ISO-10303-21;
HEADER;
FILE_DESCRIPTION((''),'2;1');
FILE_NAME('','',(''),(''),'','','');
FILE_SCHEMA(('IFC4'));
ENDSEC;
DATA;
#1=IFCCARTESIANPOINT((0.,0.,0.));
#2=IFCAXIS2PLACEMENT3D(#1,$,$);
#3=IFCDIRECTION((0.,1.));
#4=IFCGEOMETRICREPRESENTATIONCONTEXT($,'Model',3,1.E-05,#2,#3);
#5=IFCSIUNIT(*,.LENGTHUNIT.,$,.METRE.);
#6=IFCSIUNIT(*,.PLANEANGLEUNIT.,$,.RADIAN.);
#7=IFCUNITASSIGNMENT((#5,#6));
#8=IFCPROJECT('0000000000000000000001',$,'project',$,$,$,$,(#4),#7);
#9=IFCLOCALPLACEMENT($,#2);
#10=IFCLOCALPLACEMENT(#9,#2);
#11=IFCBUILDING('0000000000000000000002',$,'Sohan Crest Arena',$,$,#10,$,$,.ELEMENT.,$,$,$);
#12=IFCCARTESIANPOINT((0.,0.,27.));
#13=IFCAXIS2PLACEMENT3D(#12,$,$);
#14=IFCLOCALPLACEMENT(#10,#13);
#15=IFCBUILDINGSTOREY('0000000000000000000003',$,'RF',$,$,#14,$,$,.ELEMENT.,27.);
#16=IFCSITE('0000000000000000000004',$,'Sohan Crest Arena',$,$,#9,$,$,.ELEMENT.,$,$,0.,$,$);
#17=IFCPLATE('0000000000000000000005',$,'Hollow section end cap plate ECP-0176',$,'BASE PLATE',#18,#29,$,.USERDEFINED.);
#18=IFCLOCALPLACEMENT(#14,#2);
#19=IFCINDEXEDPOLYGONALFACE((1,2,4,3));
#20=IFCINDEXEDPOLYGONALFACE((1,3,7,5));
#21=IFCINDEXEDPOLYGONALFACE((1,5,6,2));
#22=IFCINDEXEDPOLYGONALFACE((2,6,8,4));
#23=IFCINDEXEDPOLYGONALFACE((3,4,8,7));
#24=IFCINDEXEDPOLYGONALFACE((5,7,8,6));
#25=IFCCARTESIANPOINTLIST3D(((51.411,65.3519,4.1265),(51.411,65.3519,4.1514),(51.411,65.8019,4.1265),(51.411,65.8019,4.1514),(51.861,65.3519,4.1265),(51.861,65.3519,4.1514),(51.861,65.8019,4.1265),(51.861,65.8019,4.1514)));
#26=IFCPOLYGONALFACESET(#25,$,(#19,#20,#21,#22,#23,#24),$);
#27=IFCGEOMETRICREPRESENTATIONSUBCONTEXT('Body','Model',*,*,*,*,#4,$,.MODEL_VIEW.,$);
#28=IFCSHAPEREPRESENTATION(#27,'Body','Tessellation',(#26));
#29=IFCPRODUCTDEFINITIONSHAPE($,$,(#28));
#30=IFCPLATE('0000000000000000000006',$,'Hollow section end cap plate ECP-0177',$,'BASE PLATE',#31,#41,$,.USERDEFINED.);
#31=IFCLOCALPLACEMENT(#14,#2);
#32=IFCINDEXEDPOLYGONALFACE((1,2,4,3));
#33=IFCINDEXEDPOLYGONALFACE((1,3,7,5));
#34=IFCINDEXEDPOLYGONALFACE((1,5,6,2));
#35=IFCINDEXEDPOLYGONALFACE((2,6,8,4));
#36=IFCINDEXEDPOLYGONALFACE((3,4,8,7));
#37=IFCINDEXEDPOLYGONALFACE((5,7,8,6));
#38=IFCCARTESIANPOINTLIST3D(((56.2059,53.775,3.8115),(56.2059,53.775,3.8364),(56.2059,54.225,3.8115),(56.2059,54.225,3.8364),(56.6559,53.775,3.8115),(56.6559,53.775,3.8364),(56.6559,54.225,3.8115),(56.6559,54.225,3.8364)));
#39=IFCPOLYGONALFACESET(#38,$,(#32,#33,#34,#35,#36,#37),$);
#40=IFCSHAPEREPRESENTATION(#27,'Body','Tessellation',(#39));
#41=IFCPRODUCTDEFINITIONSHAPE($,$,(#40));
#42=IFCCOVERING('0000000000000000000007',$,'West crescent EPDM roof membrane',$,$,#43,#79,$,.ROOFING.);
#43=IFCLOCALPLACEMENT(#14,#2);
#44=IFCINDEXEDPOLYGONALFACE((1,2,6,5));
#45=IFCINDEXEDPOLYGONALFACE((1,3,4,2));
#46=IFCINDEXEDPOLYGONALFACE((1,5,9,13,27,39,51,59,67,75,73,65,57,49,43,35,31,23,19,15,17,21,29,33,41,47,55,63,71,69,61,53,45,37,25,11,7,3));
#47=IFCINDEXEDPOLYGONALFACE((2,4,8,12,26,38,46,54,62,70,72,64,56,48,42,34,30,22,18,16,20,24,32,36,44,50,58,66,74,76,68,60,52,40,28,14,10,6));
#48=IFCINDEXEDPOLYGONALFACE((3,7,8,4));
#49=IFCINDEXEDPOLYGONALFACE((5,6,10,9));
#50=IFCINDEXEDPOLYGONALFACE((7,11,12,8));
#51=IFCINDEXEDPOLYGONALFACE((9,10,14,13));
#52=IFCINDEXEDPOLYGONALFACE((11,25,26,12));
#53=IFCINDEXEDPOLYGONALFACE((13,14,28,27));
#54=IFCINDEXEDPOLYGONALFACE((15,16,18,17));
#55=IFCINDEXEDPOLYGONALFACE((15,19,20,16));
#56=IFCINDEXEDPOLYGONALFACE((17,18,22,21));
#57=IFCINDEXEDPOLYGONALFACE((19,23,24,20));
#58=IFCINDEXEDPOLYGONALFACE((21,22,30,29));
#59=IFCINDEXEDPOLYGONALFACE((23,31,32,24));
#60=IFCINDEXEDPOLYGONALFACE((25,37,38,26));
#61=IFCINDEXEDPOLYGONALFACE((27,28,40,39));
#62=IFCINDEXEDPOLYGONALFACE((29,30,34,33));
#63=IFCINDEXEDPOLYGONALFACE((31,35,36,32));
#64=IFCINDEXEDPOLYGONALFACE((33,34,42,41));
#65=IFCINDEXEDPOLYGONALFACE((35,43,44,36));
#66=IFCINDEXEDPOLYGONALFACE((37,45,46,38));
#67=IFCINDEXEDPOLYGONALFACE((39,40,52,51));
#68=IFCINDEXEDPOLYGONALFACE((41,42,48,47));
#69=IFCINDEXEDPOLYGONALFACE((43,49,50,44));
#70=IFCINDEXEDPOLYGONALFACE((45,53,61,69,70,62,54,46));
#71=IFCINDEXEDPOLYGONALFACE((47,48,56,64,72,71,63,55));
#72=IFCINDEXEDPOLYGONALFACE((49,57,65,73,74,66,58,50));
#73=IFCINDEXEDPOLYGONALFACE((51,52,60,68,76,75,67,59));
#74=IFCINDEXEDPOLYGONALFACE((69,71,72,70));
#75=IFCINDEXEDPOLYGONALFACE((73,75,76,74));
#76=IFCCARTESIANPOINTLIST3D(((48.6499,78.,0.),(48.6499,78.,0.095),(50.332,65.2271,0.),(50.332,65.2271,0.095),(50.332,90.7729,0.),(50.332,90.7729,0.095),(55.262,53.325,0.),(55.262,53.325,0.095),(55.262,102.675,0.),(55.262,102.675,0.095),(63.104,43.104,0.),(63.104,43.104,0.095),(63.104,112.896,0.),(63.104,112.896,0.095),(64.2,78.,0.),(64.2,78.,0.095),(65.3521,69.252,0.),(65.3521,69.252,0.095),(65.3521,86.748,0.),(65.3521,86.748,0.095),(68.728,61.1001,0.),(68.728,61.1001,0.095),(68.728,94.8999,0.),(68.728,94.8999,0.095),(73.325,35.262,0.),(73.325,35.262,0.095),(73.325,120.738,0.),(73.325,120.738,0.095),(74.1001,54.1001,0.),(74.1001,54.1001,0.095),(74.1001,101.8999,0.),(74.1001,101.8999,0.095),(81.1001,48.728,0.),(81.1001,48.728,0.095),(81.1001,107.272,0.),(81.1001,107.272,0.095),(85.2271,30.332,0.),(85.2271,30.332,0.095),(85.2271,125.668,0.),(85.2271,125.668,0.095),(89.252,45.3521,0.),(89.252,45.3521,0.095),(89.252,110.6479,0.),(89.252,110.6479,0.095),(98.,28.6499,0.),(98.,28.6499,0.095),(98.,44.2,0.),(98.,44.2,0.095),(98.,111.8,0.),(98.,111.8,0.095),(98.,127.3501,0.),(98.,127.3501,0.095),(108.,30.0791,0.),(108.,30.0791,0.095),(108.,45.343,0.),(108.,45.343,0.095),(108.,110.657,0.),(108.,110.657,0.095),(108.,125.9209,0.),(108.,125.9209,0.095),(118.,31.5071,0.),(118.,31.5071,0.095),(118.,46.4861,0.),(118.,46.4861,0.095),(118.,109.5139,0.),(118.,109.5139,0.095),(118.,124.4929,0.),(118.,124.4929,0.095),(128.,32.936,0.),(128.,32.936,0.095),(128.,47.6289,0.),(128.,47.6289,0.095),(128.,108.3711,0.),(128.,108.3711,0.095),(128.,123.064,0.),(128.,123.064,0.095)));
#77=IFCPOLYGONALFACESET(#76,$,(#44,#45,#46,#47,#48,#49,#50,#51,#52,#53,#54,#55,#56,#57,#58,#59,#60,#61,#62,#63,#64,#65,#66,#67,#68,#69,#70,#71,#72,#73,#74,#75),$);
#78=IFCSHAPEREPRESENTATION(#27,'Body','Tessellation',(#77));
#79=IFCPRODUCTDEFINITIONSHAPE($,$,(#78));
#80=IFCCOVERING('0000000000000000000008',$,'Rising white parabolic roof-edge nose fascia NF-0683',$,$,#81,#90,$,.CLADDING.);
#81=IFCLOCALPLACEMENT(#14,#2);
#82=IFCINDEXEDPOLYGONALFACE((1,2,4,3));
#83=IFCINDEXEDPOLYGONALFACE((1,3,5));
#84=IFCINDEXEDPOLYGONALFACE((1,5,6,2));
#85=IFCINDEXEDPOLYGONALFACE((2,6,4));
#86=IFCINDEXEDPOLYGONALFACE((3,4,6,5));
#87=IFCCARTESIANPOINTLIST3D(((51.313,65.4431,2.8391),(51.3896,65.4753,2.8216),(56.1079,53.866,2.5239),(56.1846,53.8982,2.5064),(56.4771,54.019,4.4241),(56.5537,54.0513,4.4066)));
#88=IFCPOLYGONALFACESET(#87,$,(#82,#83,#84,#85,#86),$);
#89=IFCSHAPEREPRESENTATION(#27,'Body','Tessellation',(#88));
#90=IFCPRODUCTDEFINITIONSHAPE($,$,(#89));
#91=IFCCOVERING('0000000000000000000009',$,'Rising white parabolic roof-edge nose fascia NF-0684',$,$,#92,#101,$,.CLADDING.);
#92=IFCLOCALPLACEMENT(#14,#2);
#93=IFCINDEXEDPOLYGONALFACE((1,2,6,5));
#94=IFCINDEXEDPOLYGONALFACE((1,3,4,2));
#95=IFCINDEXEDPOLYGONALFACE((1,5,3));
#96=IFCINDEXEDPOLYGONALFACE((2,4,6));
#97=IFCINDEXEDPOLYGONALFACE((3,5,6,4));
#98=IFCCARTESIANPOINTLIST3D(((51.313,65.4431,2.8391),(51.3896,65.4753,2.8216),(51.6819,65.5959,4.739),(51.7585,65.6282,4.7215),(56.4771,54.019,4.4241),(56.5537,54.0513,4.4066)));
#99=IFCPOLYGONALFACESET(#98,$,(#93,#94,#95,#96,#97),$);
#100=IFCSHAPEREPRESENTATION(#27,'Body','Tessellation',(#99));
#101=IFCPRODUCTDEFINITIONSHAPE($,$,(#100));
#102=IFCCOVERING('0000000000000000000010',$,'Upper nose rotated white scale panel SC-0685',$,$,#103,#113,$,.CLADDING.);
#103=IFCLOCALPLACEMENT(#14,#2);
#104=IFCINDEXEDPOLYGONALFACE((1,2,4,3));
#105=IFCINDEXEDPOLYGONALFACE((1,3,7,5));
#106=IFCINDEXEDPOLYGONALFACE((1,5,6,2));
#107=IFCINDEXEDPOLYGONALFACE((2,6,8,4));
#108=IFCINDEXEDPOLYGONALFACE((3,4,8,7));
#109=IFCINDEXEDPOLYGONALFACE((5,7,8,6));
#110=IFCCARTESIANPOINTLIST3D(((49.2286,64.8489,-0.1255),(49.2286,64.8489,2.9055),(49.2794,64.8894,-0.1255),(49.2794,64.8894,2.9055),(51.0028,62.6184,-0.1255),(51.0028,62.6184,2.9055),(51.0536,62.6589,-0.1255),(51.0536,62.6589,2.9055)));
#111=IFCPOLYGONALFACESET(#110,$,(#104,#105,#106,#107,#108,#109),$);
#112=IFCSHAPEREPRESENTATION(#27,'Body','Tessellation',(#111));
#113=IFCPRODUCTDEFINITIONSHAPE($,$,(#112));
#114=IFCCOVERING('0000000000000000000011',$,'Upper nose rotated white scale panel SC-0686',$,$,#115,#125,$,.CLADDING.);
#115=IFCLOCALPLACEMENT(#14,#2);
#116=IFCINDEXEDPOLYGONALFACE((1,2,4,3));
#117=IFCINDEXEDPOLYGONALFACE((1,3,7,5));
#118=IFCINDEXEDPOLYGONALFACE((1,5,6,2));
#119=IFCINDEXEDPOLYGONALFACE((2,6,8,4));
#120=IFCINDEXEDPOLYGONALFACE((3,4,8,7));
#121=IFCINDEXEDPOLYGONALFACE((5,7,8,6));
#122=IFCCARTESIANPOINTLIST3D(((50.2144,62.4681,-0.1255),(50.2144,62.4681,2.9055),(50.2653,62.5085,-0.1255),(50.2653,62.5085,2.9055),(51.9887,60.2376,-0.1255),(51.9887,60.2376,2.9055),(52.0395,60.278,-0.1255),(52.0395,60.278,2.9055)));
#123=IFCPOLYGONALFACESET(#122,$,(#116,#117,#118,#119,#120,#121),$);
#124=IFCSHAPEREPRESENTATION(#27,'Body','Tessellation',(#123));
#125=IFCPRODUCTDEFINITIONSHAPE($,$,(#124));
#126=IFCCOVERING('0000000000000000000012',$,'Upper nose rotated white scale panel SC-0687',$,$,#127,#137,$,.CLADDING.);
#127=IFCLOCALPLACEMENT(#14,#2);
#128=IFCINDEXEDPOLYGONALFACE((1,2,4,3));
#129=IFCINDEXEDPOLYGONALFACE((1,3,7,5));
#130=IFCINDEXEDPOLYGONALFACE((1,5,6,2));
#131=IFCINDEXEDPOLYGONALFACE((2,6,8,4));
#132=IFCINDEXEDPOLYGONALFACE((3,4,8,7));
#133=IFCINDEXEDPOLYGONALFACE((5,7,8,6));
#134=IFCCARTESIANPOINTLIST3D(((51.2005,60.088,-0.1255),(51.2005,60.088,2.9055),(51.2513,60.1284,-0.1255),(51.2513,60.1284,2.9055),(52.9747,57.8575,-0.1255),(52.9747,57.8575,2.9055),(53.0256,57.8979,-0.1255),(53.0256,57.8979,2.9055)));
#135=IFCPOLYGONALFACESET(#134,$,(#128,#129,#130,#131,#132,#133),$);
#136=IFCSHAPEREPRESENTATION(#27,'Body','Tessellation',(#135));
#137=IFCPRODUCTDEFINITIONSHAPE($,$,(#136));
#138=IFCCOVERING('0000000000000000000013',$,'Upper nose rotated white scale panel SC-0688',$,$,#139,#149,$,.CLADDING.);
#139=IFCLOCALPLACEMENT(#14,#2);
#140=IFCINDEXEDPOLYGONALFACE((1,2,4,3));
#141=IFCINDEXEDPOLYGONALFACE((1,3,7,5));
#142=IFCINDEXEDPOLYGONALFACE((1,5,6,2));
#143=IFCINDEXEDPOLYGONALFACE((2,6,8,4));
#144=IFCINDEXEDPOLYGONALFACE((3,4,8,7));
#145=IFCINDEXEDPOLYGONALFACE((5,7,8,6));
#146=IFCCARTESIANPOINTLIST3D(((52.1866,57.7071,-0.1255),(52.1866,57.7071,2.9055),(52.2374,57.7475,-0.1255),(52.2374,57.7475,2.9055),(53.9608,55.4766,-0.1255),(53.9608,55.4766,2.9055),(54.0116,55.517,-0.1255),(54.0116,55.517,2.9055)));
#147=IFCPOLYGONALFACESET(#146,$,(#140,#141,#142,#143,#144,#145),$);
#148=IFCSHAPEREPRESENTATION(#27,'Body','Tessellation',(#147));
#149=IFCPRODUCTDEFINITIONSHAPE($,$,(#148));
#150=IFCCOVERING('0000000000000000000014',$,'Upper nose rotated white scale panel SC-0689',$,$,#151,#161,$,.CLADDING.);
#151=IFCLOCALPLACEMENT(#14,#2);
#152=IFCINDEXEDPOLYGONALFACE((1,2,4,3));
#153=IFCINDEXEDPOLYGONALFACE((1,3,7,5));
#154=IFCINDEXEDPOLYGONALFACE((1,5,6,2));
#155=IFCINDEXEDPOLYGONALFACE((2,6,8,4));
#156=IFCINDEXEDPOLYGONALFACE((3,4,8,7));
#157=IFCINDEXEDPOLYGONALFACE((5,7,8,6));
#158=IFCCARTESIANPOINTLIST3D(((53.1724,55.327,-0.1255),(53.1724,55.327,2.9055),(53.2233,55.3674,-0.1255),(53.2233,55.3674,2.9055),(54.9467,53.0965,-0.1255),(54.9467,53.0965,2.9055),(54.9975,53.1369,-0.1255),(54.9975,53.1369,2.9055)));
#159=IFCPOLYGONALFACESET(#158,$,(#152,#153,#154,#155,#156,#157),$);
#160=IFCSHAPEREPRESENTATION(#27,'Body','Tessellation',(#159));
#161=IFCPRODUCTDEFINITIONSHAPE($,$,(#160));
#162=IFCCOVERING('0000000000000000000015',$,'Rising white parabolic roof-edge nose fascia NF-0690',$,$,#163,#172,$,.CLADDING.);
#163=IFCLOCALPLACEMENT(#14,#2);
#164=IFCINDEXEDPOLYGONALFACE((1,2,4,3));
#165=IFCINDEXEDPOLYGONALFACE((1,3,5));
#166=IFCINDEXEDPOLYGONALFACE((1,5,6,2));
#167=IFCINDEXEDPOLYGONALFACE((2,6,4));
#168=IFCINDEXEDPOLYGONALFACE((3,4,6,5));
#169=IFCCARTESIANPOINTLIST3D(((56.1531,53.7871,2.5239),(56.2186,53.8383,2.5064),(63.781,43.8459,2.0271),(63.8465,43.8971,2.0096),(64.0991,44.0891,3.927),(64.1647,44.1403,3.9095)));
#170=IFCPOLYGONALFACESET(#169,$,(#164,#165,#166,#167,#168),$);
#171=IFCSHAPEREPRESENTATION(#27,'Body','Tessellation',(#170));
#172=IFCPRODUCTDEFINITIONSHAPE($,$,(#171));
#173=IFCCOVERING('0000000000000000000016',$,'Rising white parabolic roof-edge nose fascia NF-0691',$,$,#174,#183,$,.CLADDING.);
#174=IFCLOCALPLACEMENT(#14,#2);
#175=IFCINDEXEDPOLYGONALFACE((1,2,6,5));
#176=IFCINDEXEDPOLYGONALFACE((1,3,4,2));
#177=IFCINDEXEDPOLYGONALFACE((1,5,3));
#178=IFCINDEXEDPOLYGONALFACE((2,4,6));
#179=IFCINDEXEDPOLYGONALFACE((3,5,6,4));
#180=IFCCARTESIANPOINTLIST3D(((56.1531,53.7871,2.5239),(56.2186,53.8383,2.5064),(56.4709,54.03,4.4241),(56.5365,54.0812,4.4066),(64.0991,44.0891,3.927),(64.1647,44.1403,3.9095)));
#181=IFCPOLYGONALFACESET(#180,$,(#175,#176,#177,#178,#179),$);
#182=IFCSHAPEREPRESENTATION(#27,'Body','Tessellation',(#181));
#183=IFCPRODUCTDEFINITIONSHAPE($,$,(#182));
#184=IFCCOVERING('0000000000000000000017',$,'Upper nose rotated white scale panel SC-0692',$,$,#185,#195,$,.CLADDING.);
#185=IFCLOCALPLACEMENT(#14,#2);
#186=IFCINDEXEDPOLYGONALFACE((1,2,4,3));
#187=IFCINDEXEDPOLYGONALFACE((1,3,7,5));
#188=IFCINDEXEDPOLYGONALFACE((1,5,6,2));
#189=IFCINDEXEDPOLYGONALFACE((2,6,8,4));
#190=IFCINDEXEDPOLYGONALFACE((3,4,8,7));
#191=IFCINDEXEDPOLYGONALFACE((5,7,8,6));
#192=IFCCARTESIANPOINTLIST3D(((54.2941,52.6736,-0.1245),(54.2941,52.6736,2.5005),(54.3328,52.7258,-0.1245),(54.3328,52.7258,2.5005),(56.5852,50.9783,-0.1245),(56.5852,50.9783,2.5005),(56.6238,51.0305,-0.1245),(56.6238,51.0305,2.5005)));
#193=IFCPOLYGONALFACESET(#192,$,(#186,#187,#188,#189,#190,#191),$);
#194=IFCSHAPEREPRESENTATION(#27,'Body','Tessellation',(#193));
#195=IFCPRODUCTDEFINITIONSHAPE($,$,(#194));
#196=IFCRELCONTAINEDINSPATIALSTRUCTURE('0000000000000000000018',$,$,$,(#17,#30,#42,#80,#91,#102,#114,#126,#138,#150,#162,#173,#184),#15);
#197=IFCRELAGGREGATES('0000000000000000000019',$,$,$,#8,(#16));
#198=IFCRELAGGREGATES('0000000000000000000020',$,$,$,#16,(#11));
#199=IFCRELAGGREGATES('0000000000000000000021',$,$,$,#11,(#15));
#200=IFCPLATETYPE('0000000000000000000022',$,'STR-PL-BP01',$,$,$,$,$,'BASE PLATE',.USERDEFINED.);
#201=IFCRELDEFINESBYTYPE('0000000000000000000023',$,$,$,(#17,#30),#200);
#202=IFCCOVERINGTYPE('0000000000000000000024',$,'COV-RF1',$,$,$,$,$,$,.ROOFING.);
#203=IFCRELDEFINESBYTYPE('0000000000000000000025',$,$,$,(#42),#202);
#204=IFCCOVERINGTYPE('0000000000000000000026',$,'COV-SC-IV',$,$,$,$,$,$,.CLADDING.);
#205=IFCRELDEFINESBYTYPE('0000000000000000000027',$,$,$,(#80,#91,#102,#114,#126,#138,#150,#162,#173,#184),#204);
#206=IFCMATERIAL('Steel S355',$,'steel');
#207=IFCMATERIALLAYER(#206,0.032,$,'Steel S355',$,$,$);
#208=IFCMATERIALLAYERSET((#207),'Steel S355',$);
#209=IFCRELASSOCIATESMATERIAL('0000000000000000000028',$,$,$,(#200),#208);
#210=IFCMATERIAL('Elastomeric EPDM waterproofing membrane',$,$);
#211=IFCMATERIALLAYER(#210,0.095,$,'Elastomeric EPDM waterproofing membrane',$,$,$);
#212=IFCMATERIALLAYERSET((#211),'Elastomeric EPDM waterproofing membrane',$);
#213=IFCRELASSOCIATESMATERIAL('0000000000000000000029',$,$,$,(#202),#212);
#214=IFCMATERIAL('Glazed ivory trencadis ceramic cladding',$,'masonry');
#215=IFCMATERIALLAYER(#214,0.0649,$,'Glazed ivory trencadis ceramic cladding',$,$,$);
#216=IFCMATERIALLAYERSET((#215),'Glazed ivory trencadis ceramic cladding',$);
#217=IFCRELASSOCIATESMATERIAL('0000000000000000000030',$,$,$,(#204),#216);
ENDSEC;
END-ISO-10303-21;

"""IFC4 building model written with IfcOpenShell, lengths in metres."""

from ifc_helpers import new_model, si_unit, direction, frame, origin, origin_2d, place, context, subcontext, project, spatial, polyline, rectangle, outline, extrude, material, layer, layer_set, type_object, element, save


model = new_model("IFC4")

# Units and contexts
model_context = context("Model", 3, precision=1e-05, world=origin(), true_north=direction((0.0, 1.0)))
body_context = subcontext(model_context, "Body", "Model", "MODEL_VIEW")
ifc_project = project(units=[si_unit("LENGTHUNIT", "METRE"), si_unit("PLANEANGLEUNIT", "RADIAN")], contexts=[model_context])

# Site, building, storey
site_placement = place(None, origin())
site = spatial("IfcSite", under=ifc_project, at=site_placement, Name="Sohan Crest Arena", CompositionType="ELEMENT", RefElevation=0.0)
building_placement = place(site_placement, origin())
building = spatial("IfcBuilding", under=site, at=building_placement, Name="Sohan Crest Arena", CompositionType="ELEMENT")
storey_placement = place(building_placement, frame((0.0, 0.0, 27.0)))
storey = spatial("IfcBuildingStorey", under=building, at=storey_placement, Name="RF", CompositionType="ELEMENT", Elevation=27.0)

# Shared definitions
ifc_material_1 = material(Name="Steel S355", Category="steel")

# Plates
ifc_layer_1 = layer(ifc_material_1, 0.032, Name="Steel S355")
ifc_layer_set_1 = layer_set([ifc_layer_1], Name="Steel S355")
plate_type = type_object("IfcPlateType", Name="STR-PL-BP01", ElementType="BASE PLATE", PredefinedType="USERDEFINED", material=ifc_layer_set_1)
for number, where, z_axis, x_axis, name in (
    (1, (51.636, 65.5769, 4.1265), (0.0, 0.0, 1.0), (1.0, 0.0, 0.0), "Hollow section end cap plate ECP-0176"),
    (2, (56.4309, 54.0, 3.8115), (0.0, 0.0, 1.0), (1.0, 0.0, 0.0), "Hollow section end cap plate ECP-0177"),
):
    element("IfcPlate", number, at=place(storey_placement, frame(where, z_axis=z_axis, x_axis=x_axis)), inside=storey, type_object=plate_type, Name=name, ObjectType="BASE PLATE", PredefinedType="USERDEFINED", context=body_context, shape_type="SweptSolid", body=[
        extrude(rectangle(XDim=0.45, YDim=0.45, at=origin_2d()), origin(), (0.0, 0.0, 1.0), 0.0249),
    ])

# Coverings
ifc_material_2 = material(Name="Elastomeric EPDM waterproofing membrane")
ifc_layer_2 = layer(ifc_material_2, 0.095, Name="Elastomeric EPDM waterproofing membrane")
ifc_layer_set_2 = layer_set([ifc_layer_2], Name="Elastomeric EPDM waterproofing membrane")
covering_type_1 = type_object("IfcCoveringType", Name="COV-RF1", PredefinedType="ROOFING", material=ifc_layer_set_2)
covering_1_placement = place(storey_placement, origin())
element("IfcCovering", 3, at=covering_1_placement, inside=storey, type_object=covering_type_1, Name="West crescent EPDM roof membrane", PredefinedType="ROOFING", context=body_context, shape_type="SweptSolid", body=[
    extrude(outline(polyline([(118.0, 31.5071), (108.0, 30.0791), (98.0, 28.6499), (85.2271, 30.332), (73.325, 35.262), (63.104, 43.104), (55.262, 53.325), (50.332, 65.2271), (48.6499, 78.0), (50.332, 90.7729), (55.262, 102.675), (63.104, 112.896), (73.325, 120.738), (85.2271, 125.668), (98.0, 127.3501), (108.0, 125.9209), (118.0, 124.4929), (128.0, 123.064), (128.0, 108.3711), (118.0, 109.5139), (108.0, 110.657), (98.0, 111.8), (89.252, 110.6479), (81.1001, 107.272), (74.1001, 101.8999), (68.728, 94.8999), (65.3521, 86.748), (64.2, 78.0), (65.3521, 69.252), (68.728, 61.1001), (74.1001, 54.1001), (81.1001, 48.728), (89.252, 45.3521), (98.0, 44.2), (108.0, 45.343), (118.0, 46.4861), (128.0, 47.6289), (128.0, 32.936), (118.0, 31.5071)])), origin(), (0.0, 0.0, 1.0), 0.095),
])
ifc_material_3 = material(Name="Glazed ivory trencadis ceramic cladding", Category="masonry")
ifc_layer_3 = layer(ifc_material_3, 0.0649, Name="Glazed ivory trencadis ceramic cladding")
ifc_layer_set_3 = layer_set([ifc_layer_3], Name="Glazed ivory trencadis ceramic cladding")
covering_type_2 = type_object("IfcCoveringType", Name="COV-SC-IV", PredefinedType="CLADDING", material=ifc_layer_set_3)
covering_2_placement = place(storey_placement, frame((51.313, 65.4431, 2.8391), z_axis=(-0.902122, -0.379236, 0.205806), x_axis=(0.382529, -0.923601, -0.025145)))
element("IfcCovering", 4, at=covering_2_placement, inside=storey, type_object=covering_type_2, Name="Rising white parabolic roof-edge nose fascia NF-0683", PredefinedType="CLADDING", context=body_context, shape_type="SweptSolid", body=[
    extrude(outline(polyline([(0.0, 0.0), (12.5348, 0.0), (12.4868, 1.9411), (0.0, 0.0)])), origin(), (0.0, 0.0, -1.0), 0.085),
])
covering_3_placement = place(storey_placement, frame((51.313, 65.4431, 2.8391), z_axis=(-0.902141, -0.379263, 0.205674), x_axis=(0.408652, -0.904031, 0.125424)))
element("IfcCovering", 5, at=covering_3_placement, inside=storey, type_object=covering_type_2, Name="Rising white parabolic roof-edge nose fascia NF-0684", PredefinedType="CLADDING", context=body_context, shape_type="SweptSolid", body=[
    extrude(outline(polyline([(0.0, 0.0), (12.6368, 0.0), (0.2509, 1.9251), (0.0, 0.0)])), origin(), (0.0, 0.0, -1.0), 0.085),
])
for number, where, z_axis, x_axis, name in (
    (6, (50.1411, 63.7539, -0.1255), (0.0, 0.0, 1.0), (0.622515, -0.782608, 0.0), "Upper nose rotated white scale panel SC-0685"),
    (7, (51.127, 61.373, -0.1255), (0.0, 0.0, 1.0), (0.622515, -0.782608, 0.0), "Upper nose rotated white scale panel SC-0686"),
    (8, (52.113, 58.9929, -0.1255), (0.0, 0.0, 1.0), (0.622515, -0.782608, 0.0), "Upper nose rotated white scale panel SC-0687"),
    (9, (53.0991, 56.6121, -0.1255), (0.0, 0.0, 1.0), (0.622515, -0.782608, 0.0), "Upper nose rotated white scale panel SC-0688"),
    (10, (54.085, 54.2319, -0.1255), (0.0, 0.0, 1.0), (0.622515, -0.782608, 0.0), "Upper nose rotated white scale panel SC-0689"),
):
    element("IfcCovering", number, at=place(storey_placement, frame(where, z_axis=z_axis, x_axis=x_axis)), inside=storey, type_object=covering_type_2, Name=name, PredefinedType="CLADDING", context=body_context, shape_type="SweptSolid", body=[
        extrude(rectangle(XDim=2.8501, YDim=0.0649, at=origin_2d()), origin(), (0.0, 0.0, 1.0), 3.031),
    ])
covering_4_placement = place(storey_placement, frame((56.1531, 53.7871, 2.5239), z_axis=(-0.771305, -0.602134, 0.206211), x_axis=(0.608274, -0.792738, -0.039618)))
element("IfcCovering", 11, at=covering_4_placement, inside=storey, type_object=covering_type_2, Name="Rising white parabolic roof-edge nose fascia NF-0690", PredefinedType="CLADDING", context=body_context, shape_type="SweptSolid", body=[
    extrude(outline(polyline([(0.0, 0.0), (12.5403, 0.0), (12.4658, 1.9402), (0.0, 0.0)])), origin(), (0.0, 0.0, -1.0), 0.085),
])
covering_5_placement = place(storey_placement, frame((56.1531, 53.7871, 2.5239), z_axis=(-0.771323, -0.602177, 0.206017), x_axis=(0.629847, -0.768716, 0.111215)))
element("IfcCovering", 12, at=covering_5_placement, inside=storey, type_object=covering_type_2, Name="Rising white parabolic roof-edge nose fascia NF-0691", PredefinedType="CLADDING", context=body_context, shape_type="SweptSolid", body=[
    extrude(outline(polyline([(0.0, 0.0), (12.6158, 0.0), (0.2248, 1.9287), (0.0, 0.0)])), origin(), (0.0, 0.0, -1.0), 0.085),
])
covering_6_placement = place(storey_placement, frame((55.459, 51.8521, -0.1245), z_axis=(0.0, 0.0, 1.0), x_axis=(0.803857, -0.594823, 0.0)))
element("IfcCovering", 13, at=covering_6_placement, inside=storey, type_object=covering_type_2, Name="Upper nose rotated white scale panel SC-0692", PredefinedType="CLADDING", context=body_context, shape_type="SweptSolid", body=[
    extrude(rectangle(XDim=2.8501, YDim=0.0649, at=origin_2d()), origin(), (0.0, 0.0, 1.0), 2.625),
])

save(model, "model.ifc")
